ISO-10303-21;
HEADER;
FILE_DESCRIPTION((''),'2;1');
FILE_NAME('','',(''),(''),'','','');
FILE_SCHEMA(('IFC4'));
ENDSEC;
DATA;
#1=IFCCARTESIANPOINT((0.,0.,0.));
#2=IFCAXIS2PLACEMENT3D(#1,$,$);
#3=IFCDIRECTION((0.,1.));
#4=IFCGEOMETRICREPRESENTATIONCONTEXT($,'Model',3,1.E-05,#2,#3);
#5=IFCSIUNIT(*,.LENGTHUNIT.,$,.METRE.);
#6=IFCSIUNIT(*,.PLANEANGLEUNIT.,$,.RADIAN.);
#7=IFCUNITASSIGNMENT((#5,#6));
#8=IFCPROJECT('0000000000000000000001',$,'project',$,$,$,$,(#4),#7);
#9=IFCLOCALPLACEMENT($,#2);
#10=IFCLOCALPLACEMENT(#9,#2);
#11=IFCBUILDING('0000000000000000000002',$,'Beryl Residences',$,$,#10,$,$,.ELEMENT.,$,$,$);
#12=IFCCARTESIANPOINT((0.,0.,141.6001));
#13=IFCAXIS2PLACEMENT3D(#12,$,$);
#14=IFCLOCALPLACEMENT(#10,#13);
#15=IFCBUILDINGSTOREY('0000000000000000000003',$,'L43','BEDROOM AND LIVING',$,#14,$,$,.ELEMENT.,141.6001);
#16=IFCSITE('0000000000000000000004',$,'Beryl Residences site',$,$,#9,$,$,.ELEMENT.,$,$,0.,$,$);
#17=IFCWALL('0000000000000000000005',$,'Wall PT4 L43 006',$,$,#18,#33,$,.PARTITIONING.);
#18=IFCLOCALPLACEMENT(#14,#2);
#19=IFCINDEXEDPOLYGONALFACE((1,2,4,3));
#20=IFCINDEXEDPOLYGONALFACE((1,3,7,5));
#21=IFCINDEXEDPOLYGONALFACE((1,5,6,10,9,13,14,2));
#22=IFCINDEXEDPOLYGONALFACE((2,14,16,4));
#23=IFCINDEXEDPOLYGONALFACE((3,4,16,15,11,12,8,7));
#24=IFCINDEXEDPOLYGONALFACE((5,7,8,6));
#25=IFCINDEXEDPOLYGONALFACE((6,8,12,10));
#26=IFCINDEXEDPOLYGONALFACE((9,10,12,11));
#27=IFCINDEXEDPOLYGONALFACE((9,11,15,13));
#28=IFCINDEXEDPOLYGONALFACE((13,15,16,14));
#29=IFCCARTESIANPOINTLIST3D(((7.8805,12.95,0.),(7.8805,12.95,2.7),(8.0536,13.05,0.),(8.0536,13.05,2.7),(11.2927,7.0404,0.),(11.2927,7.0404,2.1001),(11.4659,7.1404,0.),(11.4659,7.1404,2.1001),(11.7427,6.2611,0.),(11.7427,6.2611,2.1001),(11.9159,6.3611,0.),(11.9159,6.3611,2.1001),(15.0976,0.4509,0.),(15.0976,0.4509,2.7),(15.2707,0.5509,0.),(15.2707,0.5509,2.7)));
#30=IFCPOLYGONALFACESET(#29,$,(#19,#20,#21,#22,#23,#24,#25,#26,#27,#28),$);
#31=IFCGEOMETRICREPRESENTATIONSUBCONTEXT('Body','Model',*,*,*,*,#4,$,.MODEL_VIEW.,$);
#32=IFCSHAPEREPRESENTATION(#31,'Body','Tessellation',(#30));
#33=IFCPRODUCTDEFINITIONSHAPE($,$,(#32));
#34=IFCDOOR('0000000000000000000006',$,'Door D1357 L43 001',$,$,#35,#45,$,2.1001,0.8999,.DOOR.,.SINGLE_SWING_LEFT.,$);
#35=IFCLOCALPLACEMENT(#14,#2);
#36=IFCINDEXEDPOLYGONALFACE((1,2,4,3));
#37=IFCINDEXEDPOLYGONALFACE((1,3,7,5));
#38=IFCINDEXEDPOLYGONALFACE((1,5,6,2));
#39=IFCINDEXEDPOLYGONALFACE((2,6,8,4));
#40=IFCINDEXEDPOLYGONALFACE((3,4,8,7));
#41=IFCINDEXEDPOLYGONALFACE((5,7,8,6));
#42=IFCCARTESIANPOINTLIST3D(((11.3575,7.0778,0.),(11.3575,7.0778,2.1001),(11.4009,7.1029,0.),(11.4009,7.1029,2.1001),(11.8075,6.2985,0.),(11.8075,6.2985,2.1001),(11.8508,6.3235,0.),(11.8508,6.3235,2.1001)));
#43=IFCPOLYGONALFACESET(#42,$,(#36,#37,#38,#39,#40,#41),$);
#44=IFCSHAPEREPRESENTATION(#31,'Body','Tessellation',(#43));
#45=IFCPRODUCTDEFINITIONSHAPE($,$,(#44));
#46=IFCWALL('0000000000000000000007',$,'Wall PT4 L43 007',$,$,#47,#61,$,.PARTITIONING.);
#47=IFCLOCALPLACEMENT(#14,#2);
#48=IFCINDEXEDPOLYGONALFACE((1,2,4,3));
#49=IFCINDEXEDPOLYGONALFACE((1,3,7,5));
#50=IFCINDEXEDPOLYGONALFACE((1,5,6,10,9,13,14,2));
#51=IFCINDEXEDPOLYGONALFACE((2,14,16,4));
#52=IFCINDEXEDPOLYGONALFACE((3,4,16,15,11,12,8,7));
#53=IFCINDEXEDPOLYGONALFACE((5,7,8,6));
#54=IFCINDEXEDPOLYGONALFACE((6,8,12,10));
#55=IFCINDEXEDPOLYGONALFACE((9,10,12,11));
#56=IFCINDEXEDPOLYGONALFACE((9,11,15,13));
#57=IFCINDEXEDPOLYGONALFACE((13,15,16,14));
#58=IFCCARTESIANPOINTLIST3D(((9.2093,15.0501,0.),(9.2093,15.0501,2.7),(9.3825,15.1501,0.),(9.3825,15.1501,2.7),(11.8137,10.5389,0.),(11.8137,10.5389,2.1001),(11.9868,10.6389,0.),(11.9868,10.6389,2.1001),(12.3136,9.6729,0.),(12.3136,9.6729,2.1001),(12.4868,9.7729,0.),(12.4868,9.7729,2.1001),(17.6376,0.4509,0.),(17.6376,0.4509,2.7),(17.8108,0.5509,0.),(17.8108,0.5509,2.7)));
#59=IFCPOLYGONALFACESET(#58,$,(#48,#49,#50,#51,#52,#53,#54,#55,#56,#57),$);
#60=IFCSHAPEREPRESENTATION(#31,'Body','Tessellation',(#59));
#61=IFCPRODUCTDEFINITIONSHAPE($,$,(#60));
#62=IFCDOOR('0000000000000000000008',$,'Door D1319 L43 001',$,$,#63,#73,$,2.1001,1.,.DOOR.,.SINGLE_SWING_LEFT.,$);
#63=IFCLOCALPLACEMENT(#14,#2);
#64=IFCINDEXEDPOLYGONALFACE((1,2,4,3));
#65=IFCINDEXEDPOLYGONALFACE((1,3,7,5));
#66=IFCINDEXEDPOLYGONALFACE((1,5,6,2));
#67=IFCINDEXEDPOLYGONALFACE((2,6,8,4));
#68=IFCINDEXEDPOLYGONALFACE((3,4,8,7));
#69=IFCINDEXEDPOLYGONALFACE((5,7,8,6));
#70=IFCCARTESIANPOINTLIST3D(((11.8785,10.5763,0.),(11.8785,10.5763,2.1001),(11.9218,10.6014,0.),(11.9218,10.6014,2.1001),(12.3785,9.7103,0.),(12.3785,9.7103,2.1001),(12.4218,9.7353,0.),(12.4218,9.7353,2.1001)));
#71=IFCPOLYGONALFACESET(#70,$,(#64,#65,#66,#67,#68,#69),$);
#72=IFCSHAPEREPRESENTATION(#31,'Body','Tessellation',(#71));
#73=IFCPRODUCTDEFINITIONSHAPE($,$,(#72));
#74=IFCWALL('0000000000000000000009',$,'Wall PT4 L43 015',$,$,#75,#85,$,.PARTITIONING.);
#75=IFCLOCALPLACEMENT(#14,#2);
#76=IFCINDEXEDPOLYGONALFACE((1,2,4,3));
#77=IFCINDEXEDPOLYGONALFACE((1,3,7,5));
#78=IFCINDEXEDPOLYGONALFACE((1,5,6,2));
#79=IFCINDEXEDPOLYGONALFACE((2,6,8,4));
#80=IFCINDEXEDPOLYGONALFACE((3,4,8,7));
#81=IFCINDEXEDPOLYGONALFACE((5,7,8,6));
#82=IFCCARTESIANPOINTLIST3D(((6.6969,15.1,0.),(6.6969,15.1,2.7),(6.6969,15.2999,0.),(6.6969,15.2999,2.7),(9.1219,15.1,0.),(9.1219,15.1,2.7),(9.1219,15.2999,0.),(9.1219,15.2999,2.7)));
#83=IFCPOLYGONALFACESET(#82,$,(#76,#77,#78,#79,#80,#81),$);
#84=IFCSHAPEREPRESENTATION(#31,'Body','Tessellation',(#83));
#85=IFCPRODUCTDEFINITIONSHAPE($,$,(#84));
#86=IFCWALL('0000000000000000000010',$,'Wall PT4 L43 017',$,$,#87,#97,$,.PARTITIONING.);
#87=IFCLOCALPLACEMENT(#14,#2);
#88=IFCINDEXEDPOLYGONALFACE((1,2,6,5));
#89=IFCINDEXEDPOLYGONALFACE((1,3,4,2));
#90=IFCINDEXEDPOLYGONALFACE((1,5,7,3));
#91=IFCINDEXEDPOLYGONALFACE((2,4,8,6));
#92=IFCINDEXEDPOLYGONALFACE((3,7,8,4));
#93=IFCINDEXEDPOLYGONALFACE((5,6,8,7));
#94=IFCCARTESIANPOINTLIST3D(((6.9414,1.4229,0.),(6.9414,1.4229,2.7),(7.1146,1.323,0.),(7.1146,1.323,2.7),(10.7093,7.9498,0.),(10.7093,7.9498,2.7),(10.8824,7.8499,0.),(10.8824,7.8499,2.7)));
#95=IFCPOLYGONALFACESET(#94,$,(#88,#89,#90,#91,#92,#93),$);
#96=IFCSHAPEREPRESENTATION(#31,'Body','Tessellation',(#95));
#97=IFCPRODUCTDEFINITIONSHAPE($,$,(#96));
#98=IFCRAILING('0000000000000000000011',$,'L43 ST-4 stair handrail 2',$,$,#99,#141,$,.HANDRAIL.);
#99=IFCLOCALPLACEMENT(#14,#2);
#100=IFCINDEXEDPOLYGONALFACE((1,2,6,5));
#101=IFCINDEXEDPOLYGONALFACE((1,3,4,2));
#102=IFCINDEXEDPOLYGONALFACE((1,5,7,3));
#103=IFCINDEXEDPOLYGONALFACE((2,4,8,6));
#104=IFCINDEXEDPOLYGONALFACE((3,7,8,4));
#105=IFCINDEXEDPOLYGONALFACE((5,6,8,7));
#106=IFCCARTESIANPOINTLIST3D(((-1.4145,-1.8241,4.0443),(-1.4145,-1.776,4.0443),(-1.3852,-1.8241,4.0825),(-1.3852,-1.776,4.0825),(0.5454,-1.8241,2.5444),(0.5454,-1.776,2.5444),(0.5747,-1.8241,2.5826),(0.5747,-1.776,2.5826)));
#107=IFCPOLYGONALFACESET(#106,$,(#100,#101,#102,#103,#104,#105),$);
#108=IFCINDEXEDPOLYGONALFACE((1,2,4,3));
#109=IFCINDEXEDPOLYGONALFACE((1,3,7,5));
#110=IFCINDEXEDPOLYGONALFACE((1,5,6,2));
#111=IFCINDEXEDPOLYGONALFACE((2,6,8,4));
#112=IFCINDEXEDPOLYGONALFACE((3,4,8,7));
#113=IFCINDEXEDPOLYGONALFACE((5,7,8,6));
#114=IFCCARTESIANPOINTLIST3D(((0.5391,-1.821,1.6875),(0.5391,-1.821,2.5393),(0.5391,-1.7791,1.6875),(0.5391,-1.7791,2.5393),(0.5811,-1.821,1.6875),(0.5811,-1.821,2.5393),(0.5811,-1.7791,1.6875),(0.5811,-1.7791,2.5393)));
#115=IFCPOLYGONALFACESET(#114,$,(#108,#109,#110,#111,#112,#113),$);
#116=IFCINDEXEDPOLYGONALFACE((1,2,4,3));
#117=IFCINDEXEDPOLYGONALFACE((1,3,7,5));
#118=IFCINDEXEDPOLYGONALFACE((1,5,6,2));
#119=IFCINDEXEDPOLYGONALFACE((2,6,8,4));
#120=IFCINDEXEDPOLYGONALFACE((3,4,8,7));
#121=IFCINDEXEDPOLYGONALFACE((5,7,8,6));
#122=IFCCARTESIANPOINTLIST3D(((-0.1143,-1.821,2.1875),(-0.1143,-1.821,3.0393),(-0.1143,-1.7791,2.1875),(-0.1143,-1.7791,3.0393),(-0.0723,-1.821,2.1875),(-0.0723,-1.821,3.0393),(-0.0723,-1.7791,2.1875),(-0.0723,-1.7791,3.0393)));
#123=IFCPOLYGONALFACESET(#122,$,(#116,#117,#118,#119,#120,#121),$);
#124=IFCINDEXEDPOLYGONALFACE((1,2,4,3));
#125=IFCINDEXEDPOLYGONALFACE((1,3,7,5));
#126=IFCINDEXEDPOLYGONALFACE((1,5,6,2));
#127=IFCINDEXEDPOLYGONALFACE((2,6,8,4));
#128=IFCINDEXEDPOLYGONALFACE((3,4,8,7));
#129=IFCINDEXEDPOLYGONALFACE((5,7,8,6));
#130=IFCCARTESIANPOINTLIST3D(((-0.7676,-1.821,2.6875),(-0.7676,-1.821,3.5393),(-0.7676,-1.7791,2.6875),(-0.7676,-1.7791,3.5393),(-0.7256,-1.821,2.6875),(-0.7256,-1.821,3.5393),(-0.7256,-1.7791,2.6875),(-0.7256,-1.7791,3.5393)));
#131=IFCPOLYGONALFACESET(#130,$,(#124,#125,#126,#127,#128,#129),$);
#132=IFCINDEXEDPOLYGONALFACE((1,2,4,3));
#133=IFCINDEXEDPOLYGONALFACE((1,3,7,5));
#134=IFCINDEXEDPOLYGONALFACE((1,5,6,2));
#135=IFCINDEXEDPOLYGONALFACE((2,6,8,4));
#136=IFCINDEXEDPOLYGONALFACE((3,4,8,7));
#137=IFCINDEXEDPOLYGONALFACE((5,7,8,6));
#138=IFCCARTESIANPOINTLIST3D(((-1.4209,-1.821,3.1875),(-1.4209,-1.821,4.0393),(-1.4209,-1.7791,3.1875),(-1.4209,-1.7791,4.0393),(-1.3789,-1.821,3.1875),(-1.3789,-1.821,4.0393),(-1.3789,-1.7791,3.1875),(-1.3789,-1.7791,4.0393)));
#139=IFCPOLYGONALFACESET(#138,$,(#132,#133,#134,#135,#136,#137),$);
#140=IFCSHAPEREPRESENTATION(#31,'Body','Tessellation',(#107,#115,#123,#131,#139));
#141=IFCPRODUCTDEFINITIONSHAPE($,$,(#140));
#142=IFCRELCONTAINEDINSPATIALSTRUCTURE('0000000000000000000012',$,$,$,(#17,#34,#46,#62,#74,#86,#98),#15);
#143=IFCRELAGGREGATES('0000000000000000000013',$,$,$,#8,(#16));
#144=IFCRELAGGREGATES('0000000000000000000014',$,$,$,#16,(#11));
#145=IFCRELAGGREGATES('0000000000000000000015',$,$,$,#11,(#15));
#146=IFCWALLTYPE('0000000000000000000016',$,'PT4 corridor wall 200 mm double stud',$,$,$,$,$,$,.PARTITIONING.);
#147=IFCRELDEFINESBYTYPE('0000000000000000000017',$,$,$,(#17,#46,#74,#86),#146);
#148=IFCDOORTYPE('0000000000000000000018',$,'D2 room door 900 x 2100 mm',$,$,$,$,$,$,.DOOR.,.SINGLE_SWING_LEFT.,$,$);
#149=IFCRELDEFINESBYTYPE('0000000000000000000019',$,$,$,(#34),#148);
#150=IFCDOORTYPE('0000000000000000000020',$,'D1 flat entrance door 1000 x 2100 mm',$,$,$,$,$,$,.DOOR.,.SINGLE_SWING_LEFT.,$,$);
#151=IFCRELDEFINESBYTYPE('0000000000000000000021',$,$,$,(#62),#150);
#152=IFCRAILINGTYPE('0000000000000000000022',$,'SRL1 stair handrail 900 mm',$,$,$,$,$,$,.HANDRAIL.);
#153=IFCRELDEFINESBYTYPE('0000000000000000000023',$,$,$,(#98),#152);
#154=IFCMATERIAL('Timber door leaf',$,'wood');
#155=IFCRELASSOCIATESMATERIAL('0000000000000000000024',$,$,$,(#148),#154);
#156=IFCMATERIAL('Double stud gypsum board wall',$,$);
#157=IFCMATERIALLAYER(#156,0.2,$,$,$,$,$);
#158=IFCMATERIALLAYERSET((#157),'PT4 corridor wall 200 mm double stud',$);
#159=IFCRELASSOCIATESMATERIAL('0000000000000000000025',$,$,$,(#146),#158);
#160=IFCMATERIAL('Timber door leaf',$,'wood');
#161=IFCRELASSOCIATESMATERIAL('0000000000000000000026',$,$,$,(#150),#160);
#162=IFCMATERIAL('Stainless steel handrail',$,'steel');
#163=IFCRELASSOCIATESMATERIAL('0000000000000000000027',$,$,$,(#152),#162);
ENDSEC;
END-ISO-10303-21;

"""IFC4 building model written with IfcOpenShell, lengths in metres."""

from ifc_helpers import new_model, si_unit, direction, frame, frame_2d, origin, origin_2d, place, context, subcontext, project, spatial, rectangle, extrude, material, layer, layer_set, type_object, element, fill, save


model = new_model("IFC4")

# Units and contexts
model_context = context("Model", 3, precision=1e-05, world=origin(), true_north=direction((0.0, 1.0)))
body_context = subcontext(model_context, "Body", "Model", "MODEL_VIEW")
ifc_project = project(units=[si_unit("LENGTHUNIT", "METRE"), si_unit("PLANEANGLEUNIT", "RADIAN")], contexts=[model_context])

# Site, building, storey
site_placement = place(None, origin())
site = spatial("IfcSite", under=ifc_project, at=site_placement, Name="Beryl Residences site", CompositionType="ELEMENT", RefElevation=0.0)
building_placement = place(site_placement, origin())
building = spatial("IfcBuilding", under=site, at=building_placement, Name="Beryl Residences", CompositionType="ELEMENT")
storey_placement = place(building_placement, frame((0.0, 0.0, 141.6001)))
storey = spatial("IfcBuildingStorey", under=building, at=storey_placement, Name="L43", Description="BEDROOM AND LIVING", CompositionType="ELEMENT", Elevation=141.6001)

# Shared definitions
ifc_material_1 = material(Name="Timber door leaf", Category="wood")
door_type_1 = type_object("IfcDoorType", Name="D2 room door 900 x 2100 mm", OperationType="SINGLE_SWING_LEFT", PredefinedType="DOOR", material=ifc_material_1)

# Walls, openings, doors
ifc_material_2 = material(Name="Double stud gypsum board wall")
ifc_layer_1 = layer(ifc_material_2, 0.2)
ifc_layer_set_1 = layer_set([ifc_layer_1], Name="PT4 corridor wall 200 mm double stud")
wall_type_1 = type_object("IfcWallType", Name="PT4 corridor wall 200 mm double stud", PredefinedType="PARTITIONING", material=ifc_layer_set_1)
wall_1_placement = place(storey_placement, frame((7.967, 13.0, 0.0), z_axis=(0.0, 0.0, 1.0), x_axis=(0.500038, -0.866004, 0.0)))
wall_1 = element("IfcWall", 1, at=wall_1_placement, inside=storey, type_object=wall_type_1, Name="Wall PT4 L43 006", PredefinedType="PARTITIONING", context=body_context, shape_type="SweptSolid", body=[
    extrude(rectangle(XDim=14.4331, YDim=0.2, at=frame_2d((7.2166, 0.0))), origin(), (0.0, 0.0, 1.0), 2.7),
])
opening_1_placement = place(wall_1_placement, frame((6.824, 0.0, 0.0)))
opening_1 = element("IfcOpeningElement", 2, at=opening_1_placement, cuts=wall_1, PredefinedType="OPENING", context=body_context, shape_type="SweptSolid", body=[
    extrude(rectangle(XDim=0.8999, YDim=2.1001, at=frame_2d((0.45, 1.05))), frame((0.0, 0.1099, 0.0), z_axis=(0.0, -1.0, 0.0), x_axis=(1.0, 0.0, 0.0)), (0.0, 0.0, 1.0), 0.22),
])
door_1_placement = place(opening_1_placement, origin())
door_1 = element("IfcDoor", 3, at=door_1_placement, inside=storey, type_object=door_type_1, Name="Door D1357 L43 001", OperationType="SINGLE_SWING_LEFT", OverallHeight=2.1001, OverallWidth=0.8999, PredefinedType="DOOR", context=body_context, shape_type="SweptSolid", body=[
    extrude(rectangle(XDim=0.8999, YDim=2.1001, at=frame_2d((0.45, 1.05))), frame((0.0, 0.0249, 0.0), z_axis=(0.0, -1.0, 0.0), x_axis=(1.0, 0.0, 0.0)), (0.0, 0.0, 1.0), 0.05),
])
fill(opening_1, door_1)
wall_2_placement = place(storey_placement, frame((9.2959, 15.1001, 0.0), z_axis=(0.0, 0.0, 1.0), x_axis=(0.499974, -0.86604, 0.0)))
wall_2 = element("IfcWall", 4, at=wall_2_placement, inside=storey, type_object=wall_type_1, Name="Wall PT4 L43 007", PredefinedType="PARTITIONING", context=body_context, shape_type="SweptSolid", body=[
    extrude(rectangle(XDim=16.8574, YDim=0.2, at=frame_2d((8.4287, 0.0))), origin(), (0.0, 0.0, 1.0), 2.7),
])
opening_2_placement = place(wall_2_placement, frame((5.209, 0.0, 0.0)))
opening_2 = element("IfcOpeningElement", 5, at=opening_2_placement, cuts=wall_2, PredefinedType="OPENING", context=body_context, shape_type="SweptSolid", body=[
    extrude(rectangle(XDim=1.0, YDim=2.1001, at=frame_2d((0.5, 1.05))), frame((0.0, 0.1099, 0.0), z_axis=(0.0, -1.0, 0.0), x_axis=(1.0, 0.0, 0.0)), (0.0, 0.0, 1.0), 0.22),
])
ifc_material_3 = material(Name="Timber door leaf", Category="wood")
door_type_2 = type_object("IfcDoorType", Name="D1 flat entrance door 1000 x 2100 mm", OperationType="SINGLE_SWING_LEFT", PredefinedType="DOOR", material=ifc_material_3)
door_2_placement = place(opening_2_placement, origin())
door_2 = element("IfcDoor", 6, at=door_2_placement, inside=storey, type_object=door_type_2, Name="Door D1319 L43 001", OperationType="SINGLE_SWING_LEFT", OverallHeight=2.1001, OverallWidth=1.0, PredefinedType="DOOR", context=body_context, shape_type="SweptSolid", body=[
    extrude(rectangle(XDim=1.0, YDim=2.1001, at=frame_2d((0.5, 1.05))), frame((0.0, 0.0249, 0.0), z_axis=(0.0, -1.0, 0.0), x_axis=(1.0, 0.0, 0.0)), (0.0, 0.0, 1.0), 0.05),
])
fill(opening_2, door_2)

# Walls
wall_3_placement = place(storey_placement, frame((6.697, 15.2, 0.0), z_axis=(0.0, 0.0, 1.0), x_axis=(1.0, 0.0, 0.0)))
element("IfcWall", 7, at=wall_3_placement, inside=storey, type_object=wall_type_1, Name="Wall PT4 L43 015", PredefinedType="PARTITIONING", context=body_context, shape_type="SweptSolid", body=[
    extrude(rectangle(XDim=2.425, YDim=0.2, at=frame_2d((1.2124, 0.0))), origin(), (0.0, 0.0, 1.0), 2.7),
])
wall_4_placement = place(storey_placement, frame((7.0281, 1.373, 0.0), z_axis=(0.0, 0.0, 1.0), x_axis=(0.499954, 0.866052, 0.0)))
element("IfcWall", 8, at=wall_4_placement, inside=storey, type_object=wall_type_1, Name="Wall PT4 L43 017", PredefinedType="PARTITIONING", context=body_context, shape_type="SweptSolid", body=[
    extrude(rectangle(XDim=7.5364, YDim=0.2, at=frame_2d((3.7681, 0.0))), origin(), (0.0, 0.0, 1.0), 2.7),
])

# Railing
ifc_material_4 = material(Name="Stainless steel handrail", Category="steel")
railing_type_1 = type_object("IfcRailingType", Name="SRL1 stair handrail 900 mm", PredefinedType="HANDRAIL", material=ifc_material_4)
railing_1_placement = place(storey_placement, frame((0.5601, -1.8, 1.6875)))
element("IfcRailing", 9, at=railing_1_placement, inside=storey, type_object=railing_type_1, Name="L43 ST-4 stair handrail 2", PredefinedType="HANDRAIL", context=body_context, shape_type="SweptSolid", body=[
    extrude(rectangle(XDim=0.0481, YDim=0.0481, at=origin_2d()), frame((0.0, 0.0, 0.876), z_axis=(-0.794122, 0.0, 0.607758), x_axis=(0.0, -1.0, 0.0)), (0.0, 0.0, 1.0), 2.468),
    extrude(rectangle(XDim=0.042, YDim=0.042, at=origin_2d()), origin(), (0.0, 0.0, 1.0), 0.8518),
    extrude(rectangle(XDim=0.042, YDim=0.042, at=origin_2d()), frame((-0.6533, 0.0, 0.5)), (0.0, 0.0, 1.0), 0.8518),
    extrude(rectangle(XDim=0.042, YDim=0.042, at=origin_2d()), frame((-1.3066, 0.0, 1.0)), (0.0, 0.0, 1.0), 0.8518),
    extrude(rectangle(XDim=0.042, YDim=0.042, at=origin_2d()), frame((-1.96, 0.0, 1.5)), (0.0, 0.0, 1.0), 0.8518),
])

save(model, "model.ifc")
